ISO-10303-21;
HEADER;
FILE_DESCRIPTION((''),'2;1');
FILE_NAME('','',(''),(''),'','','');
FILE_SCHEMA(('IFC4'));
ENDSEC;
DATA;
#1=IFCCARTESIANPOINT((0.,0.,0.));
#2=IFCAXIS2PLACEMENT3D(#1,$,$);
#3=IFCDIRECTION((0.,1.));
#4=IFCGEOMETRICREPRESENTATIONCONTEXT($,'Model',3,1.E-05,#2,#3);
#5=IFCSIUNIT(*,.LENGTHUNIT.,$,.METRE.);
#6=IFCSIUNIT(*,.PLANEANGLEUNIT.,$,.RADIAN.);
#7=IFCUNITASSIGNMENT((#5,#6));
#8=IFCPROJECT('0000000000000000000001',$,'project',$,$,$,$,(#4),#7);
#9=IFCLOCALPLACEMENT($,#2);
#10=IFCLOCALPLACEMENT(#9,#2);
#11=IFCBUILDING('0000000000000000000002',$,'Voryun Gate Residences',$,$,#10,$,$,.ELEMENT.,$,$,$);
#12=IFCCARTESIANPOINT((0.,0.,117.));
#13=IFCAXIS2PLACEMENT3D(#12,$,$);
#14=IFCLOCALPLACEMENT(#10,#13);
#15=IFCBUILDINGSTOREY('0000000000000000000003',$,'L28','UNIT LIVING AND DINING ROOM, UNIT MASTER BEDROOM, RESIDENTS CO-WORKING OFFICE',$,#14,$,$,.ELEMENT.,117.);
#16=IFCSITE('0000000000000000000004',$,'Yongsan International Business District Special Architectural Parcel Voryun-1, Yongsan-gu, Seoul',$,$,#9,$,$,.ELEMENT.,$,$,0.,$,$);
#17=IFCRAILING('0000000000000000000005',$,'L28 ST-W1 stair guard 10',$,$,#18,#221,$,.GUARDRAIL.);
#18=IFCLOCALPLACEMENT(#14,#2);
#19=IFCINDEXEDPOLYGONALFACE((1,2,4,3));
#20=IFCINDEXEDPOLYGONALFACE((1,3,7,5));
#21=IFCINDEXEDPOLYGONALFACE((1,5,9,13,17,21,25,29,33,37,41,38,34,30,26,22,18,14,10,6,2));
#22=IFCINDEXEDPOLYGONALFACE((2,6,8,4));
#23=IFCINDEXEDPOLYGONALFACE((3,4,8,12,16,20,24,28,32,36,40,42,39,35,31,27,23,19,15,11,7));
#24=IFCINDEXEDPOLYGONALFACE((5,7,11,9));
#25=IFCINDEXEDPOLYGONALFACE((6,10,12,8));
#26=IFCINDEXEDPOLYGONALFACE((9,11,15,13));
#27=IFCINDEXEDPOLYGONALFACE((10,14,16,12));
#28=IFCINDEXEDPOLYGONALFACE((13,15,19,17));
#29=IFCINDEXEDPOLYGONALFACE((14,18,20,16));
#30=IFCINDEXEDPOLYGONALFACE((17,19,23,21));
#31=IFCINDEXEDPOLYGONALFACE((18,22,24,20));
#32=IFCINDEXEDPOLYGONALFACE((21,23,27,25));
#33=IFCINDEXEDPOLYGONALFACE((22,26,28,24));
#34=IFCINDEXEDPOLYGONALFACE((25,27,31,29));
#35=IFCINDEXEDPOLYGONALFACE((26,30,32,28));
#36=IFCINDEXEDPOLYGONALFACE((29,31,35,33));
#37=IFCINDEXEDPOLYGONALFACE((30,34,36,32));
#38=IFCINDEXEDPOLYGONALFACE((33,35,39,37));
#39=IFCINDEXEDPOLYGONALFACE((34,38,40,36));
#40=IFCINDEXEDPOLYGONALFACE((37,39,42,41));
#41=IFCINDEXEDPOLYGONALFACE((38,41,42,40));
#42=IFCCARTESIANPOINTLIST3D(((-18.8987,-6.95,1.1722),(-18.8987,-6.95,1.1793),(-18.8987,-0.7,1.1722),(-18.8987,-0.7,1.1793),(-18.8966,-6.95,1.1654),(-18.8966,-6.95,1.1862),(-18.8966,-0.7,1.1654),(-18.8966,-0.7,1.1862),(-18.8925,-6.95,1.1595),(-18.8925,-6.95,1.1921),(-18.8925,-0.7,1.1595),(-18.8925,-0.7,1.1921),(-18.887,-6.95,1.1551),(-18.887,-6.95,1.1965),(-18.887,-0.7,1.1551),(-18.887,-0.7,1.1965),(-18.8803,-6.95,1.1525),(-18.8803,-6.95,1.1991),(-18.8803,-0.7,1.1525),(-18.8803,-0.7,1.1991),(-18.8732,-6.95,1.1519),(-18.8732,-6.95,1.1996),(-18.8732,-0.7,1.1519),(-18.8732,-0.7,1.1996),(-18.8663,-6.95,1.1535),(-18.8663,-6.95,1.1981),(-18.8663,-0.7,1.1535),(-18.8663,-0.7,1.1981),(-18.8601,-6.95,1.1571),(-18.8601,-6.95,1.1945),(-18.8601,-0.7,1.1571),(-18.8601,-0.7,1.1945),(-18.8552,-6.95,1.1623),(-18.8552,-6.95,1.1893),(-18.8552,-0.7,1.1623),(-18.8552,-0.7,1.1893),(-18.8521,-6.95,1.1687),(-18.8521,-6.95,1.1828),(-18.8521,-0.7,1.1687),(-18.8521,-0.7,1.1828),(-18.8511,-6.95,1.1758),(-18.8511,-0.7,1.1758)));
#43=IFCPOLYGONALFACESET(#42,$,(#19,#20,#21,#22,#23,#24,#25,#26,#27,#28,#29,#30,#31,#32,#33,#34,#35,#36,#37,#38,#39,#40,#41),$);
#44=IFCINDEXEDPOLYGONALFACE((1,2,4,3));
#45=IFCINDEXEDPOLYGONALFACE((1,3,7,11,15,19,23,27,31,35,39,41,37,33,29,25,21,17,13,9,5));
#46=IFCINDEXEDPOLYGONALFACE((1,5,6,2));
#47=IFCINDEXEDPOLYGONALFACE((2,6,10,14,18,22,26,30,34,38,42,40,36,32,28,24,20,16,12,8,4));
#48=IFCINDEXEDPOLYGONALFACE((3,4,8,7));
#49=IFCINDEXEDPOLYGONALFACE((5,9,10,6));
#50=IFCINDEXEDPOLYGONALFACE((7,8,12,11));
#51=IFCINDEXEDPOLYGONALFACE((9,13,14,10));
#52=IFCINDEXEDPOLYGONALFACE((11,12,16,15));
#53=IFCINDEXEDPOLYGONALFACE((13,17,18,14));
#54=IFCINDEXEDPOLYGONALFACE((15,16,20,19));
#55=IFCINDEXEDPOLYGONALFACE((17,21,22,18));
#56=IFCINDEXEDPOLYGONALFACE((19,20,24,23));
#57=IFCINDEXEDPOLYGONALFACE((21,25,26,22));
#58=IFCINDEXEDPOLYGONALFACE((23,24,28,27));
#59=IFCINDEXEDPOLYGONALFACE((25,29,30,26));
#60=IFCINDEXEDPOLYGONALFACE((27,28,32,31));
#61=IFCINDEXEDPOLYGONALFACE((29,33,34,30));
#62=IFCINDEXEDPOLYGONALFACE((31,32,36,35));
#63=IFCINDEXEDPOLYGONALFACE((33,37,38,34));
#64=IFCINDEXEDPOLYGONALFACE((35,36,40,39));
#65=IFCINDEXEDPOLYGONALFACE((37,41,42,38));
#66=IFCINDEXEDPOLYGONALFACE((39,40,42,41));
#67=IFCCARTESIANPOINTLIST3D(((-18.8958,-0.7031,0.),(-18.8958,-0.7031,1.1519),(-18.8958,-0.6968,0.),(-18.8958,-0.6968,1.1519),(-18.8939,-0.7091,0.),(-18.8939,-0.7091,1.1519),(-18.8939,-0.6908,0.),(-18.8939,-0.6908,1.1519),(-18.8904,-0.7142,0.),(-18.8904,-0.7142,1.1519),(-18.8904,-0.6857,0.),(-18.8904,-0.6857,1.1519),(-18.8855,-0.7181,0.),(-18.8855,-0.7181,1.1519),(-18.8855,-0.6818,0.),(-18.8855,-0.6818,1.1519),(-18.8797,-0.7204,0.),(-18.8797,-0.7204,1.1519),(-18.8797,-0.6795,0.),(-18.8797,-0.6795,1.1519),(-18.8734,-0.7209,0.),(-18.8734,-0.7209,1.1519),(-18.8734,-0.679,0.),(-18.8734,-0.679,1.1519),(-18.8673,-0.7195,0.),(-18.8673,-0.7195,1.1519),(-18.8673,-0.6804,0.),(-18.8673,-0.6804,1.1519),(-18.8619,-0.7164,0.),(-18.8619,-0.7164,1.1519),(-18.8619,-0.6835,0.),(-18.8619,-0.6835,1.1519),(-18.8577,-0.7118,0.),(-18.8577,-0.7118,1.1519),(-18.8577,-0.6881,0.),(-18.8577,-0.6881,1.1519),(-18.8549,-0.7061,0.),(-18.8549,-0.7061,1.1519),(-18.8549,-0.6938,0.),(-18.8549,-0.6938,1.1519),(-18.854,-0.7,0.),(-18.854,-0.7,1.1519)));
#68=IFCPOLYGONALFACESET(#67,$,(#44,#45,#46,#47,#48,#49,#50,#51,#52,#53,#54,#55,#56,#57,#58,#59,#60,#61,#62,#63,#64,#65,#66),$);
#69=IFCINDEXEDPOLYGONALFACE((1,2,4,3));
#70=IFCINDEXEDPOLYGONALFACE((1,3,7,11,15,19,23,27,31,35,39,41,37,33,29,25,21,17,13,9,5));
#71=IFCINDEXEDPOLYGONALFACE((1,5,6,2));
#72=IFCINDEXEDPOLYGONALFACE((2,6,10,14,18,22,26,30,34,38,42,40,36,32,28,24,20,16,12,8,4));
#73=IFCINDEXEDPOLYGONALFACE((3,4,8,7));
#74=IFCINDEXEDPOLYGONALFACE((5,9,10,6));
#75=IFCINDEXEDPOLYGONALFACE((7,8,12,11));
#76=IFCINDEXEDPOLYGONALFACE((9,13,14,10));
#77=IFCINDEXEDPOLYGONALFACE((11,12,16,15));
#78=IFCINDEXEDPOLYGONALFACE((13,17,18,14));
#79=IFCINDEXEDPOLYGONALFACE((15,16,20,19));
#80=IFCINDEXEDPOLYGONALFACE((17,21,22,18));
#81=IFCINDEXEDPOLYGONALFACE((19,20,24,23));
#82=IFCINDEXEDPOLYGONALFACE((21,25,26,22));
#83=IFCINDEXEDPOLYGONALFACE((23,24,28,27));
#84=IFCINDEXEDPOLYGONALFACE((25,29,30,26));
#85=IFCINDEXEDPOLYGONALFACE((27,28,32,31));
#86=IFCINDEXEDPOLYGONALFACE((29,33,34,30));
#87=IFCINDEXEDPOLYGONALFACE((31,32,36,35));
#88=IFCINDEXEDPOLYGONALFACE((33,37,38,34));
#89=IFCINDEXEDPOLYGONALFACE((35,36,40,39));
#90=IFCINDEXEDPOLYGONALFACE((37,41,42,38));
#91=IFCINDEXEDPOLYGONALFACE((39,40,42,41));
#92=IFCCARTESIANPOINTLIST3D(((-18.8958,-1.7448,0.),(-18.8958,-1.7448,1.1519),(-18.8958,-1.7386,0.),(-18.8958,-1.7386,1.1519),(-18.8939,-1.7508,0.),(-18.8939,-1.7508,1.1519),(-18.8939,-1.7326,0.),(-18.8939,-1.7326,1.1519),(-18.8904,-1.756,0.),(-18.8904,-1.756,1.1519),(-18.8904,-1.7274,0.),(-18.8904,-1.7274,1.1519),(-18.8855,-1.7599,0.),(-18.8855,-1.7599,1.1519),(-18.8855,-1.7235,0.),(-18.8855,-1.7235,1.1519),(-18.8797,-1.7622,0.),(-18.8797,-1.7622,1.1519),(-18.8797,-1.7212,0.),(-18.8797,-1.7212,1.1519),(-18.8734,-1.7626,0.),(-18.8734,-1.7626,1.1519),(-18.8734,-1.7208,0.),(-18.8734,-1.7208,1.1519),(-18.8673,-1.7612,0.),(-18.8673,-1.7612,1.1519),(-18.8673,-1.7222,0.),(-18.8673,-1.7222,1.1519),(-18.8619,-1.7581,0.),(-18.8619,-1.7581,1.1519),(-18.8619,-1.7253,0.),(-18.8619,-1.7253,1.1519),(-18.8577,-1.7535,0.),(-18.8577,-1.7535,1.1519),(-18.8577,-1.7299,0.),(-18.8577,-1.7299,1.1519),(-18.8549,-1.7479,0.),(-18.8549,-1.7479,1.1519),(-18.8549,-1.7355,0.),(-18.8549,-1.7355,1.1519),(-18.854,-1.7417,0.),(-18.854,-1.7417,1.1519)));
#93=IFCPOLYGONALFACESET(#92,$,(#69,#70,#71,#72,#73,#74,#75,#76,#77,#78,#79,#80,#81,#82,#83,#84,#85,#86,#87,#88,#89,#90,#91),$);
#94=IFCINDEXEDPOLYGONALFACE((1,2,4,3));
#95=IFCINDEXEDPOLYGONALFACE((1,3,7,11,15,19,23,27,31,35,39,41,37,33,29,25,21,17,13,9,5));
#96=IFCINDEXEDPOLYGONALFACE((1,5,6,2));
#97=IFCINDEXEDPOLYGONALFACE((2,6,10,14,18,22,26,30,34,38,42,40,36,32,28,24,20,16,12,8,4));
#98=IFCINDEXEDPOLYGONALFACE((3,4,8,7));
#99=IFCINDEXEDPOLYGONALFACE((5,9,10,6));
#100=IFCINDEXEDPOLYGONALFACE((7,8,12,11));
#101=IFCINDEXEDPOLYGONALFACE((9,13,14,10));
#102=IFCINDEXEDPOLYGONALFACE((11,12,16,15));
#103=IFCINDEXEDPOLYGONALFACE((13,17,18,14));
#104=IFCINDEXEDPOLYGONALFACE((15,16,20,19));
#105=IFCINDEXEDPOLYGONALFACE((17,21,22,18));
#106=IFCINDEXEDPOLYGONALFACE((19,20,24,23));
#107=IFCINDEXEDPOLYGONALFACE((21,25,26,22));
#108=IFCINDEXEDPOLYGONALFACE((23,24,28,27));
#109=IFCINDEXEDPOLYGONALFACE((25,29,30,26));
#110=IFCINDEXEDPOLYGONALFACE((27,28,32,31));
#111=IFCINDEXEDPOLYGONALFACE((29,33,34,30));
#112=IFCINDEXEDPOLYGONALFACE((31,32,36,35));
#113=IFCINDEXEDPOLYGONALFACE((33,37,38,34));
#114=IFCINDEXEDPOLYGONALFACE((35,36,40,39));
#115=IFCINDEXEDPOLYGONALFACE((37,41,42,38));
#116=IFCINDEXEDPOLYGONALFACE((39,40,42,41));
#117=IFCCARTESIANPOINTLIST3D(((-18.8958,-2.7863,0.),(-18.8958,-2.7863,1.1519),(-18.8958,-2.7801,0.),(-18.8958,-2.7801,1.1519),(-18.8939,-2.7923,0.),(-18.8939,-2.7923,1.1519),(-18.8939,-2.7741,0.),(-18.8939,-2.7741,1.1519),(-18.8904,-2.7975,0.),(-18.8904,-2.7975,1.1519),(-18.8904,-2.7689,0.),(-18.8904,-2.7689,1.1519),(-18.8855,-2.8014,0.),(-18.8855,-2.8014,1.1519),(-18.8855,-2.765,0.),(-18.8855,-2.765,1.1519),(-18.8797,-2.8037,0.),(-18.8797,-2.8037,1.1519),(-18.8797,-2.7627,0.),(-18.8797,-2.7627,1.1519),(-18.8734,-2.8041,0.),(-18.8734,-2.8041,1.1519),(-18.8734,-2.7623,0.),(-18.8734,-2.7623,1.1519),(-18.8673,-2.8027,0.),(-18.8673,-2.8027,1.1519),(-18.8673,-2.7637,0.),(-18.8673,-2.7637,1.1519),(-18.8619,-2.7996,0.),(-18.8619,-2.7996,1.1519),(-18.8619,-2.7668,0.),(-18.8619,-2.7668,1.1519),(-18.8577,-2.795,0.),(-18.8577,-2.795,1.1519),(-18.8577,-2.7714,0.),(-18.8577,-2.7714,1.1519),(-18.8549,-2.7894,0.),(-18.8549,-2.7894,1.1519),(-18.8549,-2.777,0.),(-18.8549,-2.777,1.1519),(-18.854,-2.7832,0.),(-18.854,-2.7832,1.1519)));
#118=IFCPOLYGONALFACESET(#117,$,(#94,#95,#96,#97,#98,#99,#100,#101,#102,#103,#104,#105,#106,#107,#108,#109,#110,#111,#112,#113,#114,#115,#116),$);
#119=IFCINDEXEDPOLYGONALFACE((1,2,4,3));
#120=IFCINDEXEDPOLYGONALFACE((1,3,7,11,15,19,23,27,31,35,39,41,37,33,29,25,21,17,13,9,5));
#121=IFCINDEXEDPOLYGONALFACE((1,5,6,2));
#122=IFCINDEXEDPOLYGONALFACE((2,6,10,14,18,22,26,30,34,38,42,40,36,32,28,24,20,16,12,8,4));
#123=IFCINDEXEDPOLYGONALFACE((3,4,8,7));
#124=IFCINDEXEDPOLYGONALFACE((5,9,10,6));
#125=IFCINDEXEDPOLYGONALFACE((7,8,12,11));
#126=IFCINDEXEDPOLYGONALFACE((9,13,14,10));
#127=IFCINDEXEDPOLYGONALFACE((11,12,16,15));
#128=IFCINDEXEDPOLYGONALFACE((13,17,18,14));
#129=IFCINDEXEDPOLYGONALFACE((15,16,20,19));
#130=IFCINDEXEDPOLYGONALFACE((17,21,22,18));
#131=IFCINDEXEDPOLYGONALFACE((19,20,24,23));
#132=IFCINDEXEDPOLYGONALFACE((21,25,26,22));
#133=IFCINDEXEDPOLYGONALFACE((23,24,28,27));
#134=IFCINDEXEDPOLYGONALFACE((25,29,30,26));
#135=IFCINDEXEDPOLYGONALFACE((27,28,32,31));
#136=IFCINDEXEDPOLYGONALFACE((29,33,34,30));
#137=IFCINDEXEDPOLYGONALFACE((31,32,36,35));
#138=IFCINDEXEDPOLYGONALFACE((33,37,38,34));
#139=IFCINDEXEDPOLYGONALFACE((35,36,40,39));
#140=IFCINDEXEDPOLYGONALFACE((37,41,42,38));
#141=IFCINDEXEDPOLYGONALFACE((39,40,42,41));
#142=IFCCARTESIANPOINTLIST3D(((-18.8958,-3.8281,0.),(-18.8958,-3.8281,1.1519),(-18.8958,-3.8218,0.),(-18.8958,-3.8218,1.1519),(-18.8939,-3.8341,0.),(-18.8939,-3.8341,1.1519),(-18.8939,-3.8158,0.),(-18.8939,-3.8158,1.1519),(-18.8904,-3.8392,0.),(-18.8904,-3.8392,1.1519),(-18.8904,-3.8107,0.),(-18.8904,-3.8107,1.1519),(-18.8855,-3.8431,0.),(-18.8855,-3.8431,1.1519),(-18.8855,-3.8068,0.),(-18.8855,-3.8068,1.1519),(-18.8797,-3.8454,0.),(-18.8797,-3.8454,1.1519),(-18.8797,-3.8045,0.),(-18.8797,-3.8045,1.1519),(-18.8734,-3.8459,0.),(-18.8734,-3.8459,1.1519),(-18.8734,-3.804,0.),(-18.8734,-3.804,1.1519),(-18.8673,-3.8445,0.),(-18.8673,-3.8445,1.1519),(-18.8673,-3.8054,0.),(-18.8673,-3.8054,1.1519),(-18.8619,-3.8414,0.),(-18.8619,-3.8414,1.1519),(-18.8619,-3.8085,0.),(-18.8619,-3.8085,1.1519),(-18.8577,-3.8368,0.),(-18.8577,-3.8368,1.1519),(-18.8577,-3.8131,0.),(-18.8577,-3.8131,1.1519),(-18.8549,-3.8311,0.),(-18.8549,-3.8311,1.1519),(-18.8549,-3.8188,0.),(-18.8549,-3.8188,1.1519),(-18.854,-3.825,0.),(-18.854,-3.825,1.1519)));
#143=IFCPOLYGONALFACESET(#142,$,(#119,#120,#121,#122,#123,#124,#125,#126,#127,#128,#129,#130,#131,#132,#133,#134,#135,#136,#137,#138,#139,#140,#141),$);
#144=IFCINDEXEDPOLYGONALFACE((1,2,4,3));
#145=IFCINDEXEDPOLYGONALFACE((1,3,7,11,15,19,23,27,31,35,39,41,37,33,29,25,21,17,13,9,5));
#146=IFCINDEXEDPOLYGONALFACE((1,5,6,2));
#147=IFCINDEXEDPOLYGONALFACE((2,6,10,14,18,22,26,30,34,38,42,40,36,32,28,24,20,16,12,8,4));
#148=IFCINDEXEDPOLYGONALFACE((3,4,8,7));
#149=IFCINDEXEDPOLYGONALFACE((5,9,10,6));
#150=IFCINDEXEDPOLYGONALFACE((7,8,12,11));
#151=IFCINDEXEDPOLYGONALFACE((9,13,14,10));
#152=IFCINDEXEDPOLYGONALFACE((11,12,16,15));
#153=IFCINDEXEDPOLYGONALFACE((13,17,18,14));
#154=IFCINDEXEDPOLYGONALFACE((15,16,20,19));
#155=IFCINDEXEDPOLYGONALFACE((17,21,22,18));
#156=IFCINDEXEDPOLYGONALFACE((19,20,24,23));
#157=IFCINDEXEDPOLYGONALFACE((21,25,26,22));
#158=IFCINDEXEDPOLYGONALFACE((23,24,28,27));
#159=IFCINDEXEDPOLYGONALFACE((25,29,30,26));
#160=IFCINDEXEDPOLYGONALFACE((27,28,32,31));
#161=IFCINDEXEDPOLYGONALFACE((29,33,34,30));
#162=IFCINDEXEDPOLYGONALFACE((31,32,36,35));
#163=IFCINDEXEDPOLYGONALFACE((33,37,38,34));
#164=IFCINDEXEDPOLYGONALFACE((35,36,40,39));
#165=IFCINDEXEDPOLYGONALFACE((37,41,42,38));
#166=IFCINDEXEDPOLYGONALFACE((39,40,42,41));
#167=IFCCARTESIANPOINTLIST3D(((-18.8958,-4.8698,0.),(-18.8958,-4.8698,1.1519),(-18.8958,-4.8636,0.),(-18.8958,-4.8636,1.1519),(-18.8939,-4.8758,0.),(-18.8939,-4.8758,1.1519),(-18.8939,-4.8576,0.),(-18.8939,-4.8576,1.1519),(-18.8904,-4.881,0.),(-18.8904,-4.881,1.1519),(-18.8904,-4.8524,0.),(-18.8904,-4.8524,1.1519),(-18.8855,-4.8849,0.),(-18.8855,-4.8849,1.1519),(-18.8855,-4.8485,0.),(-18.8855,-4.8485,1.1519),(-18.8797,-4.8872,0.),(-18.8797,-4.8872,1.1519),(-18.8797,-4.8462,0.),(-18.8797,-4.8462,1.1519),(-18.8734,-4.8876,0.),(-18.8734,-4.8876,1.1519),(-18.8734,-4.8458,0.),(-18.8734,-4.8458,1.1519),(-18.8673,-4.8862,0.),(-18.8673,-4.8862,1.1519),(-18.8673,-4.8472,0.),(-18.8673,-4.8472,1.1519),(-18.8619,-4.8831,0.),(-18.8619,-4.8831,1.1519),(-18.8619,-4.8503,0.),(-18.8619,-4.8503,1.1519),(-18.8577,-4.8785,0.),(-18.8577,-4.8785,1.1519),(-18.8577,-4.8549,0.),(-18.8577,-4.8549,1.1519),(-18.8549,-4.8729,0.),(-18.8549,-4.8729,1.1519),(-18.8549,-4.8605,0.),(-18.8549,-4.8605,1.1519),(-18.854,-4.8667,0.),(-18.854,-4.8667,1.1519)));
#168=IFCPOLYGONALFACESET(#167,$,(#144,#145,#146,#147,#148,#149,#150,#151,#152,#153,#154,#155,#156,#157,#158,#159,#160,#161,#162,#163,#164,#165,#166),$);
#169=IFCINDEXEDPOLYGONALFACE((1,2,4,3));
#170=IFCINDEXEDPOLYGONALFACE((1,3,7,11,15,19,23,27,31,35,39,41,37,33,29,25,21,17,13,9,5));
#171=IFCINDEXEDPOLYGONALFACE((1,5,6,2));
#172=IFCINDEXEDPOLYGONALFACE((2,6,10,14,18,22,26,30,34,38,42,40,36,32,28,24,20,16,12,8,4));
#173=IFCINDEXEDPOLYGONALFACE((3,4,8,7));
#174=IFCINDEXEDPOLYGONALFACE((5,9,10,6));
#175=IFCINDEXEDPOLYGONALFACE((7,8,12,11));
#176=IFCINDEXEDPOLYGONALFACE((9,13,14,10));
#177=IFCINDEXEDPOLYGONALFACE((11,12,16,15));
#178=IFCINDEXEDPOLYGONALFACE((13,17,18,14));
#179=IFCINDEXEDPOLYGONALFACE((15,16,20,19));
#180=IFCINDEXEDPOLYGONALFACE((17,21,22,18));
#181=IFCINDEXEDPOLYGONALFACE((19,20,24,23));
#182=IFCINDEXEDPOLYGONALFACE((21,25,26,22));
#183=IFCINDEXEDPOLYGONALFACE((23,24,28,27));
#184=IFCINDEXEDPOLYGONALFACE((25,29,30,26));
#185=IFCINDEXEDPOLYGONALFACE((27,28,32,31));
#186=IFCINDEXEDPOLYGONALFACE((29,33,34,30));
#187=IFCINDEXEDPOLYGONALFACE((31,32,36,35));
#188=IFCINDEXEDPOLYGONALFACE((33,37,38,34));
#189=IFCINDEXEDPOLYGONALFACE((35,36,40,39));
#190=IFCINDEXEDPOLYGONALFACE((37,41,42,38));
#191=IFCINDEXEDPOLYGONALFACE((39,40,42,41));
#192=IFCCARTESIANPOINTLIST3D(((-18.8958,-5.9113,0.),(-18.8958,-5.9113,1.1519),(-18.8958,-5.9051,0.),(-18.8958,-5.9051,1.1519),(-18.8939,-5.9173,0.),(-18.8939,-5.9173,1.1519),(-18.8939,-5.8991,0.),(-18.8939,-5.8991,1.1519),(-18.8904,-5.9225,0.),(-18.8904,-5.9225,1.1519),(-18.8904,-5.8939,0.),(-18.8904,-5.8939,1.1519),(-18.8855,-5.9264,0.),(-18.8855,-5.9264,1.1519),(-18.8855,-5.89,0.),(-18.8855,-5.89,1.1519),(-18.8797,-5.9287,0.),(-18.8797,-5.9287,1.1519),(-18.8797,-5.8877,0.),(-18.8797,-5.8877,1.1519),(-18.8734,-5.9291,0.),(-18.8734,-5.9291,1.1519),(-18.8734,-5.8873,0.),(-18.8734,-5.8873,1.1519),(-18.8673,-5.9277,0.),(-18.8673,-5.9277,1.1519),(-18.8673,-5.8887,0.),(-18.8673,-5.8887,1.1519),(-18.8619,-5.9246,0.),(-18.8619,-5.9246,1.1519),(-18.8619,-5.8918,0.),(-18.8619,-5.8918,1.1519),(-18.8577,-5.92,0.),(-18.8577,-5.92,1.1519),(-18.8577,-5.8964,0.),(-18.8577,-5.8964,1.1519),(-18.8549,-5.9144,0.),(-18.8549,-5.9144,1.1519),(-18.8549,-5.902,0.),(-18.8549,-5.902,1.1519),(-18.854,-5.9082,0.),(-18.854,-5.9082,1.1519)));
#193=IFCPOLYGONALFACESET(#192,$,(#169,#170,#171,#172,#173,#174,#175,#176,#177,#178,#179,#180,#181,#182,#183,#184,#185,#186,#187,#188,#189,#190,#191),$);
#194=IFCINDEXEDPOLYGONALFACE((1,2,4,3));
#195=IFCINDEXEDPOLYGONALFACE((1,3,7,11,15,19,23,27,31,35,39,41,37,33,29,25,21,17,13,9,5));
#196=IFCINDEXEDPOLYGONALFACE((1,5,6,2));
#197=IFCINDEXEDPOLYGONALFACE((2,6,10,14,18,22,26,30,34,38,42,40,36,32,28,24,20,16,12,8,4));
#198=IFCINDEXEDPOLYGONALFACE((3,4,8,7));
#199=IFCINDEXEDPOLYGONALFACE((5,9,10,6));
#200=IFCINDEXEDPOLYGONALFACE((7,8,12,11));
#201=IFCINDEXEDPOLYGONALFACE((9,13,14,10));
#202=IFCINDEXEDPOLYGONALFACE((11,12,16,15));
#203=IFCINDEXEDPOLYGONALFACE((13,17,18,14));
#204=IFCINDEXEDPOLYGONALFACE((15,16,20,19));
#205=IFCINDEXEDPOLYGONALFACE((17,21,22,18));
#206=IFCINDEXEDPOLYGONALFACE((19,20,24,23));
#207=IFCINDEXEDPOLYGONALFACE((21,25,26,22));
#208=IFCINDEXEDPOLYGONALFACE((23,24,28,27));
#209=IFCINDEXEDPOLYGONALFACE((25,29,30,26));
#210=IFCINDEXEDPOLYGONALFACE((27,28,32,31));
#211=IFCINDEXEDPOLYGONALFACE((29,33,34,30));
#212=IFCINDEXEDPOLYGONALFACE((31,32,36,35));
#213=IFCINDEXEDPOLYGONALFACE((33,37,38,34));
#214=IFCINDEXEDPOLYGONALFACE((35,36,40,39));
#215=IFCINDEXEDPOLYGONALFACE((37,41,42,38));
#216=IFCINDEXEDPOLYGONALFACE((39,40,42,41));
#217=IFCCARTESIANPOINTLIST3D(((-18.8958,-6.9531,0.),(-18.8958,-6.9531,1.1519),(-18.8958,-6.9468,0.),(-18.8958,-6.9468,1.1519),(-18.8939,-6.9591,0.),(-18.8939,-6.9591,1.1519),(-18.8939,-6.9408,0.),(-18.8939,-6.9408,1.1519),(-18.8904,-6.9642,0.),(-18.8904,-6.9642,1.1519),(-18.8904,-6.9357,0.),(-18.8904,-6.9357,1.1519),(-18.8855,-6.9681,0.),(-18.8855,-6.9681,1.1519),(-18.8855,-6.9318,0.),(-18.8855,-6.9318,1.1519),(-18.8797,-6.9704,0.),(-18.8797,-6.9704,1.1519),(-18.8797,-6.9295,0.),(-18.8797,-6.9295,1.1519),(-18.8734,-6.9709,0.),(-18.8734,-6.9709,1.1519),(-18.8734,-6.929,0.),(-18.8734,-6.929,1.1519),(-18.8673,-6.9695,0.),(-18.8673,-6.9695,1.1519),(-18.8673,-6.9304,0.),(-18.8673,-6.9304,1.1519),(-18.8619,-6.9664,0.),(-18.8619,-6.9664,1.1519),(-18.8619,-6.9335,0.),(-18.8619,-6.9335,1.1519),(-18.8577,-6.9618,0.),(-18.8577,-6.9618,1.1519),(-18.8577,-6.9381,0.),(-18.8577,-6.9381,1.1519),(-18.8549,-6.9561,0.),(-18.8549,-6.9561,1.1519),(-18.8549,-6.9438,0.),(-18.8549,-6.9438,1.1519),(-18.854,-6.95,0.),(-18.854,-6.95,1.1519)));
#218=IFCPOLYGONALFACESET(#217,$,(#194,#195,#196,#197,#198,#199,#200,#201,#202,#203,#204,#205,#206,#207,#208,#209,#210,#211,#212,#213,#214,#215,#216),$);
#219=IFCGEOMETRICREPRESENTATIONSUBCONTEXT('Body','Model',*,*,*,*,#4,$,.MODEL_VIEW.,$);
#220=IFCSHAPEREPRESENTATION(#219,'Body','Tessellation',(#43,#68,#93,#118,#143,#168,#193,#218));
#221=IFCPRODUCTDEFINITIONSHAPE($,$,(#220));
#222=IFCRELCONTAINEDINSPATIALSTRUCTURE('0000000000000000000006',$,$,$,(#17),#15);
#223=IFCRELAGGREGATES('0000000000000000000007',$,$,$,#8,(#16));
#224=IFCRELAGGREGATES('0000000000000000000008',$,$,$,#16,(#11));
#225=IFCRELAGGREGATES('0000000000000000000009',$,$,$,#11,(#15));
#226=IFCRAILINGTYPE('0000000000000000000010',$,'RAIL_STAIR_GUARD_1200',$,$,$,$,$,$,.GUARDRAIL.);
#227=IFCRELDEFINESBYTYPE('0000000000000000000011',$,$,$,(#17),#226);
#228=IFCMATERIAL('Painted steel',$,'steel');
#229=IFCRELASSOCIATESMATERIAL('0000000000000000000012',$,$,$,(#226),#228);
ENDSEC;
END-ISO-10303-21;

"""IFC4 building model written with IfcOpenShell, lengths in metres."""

from ifc_helpers import new_model, si_unit, direction, frame, origin, origin_2d, place, context, subcontext, project, spatial, circle, extrude, material, type_object, element, save


model = new_model("IFC4")

# Units and contexts
model_context = context("Model", 3, precision=1e-05, world=origin(), true_north=direction((0.0, 1.0)))
body_context = subcontext(model_context, "Body", "Model", "MODEL_VIEW")
ifc_project = project(units=[si_unit("LENGTHUNIT", "METRE"), si_unit("PLANEANGLEUNIT", "RADIAN")], contexts=[model_context])

# Site, building, storey
site_placement = place(None, origin())
site = spatial("IfcSite", under=ifc_project, at=site_placement, Name="Yongsan International Business District Special Architectural Parcel Voryun-1, Yongsan-gu, Seoul", CompositionType="ELEMENT", RefElevation=0.0)
building_placement = place(site_placement, origin())
building = spatial("IfcBuilding", under=site, at=building_placement, Name="Voryun Gate Residences", CompositionType="ELEMENT")
storey_placement = place(building_placement, frame((0.0, 0.0, 117.0)))
storey = spatial("IfcBuildingStorey", under=building, at=storey_placement, Name="L28", Description="UNIT LIVING AND DINING ROOM, UNIT MASTER BEDROOM, RESIDENTS CO-WORKING OFFICE", CompositionType="ELEMENT", Elevation=117.0)

# Railing
ifc_material_1 = material(Name="Painted steel", Category="steel")
railing_type_1 = type_object("IfcRailingType", Name="RAIL_STAIR_GUARD_1200", PredefinedType="GUARDRAIL", material=ifc_material_1)
railing_1_placement = place(storey_placement, frame((-18.875, -0.7, 0.0)))
element("IfcRailing", 1, at=railing_1_placement, inside=storey, type_object=railing_type_1, Name="L28 ST-W1 stair guard 10", PredefinedType="GUARDRAIL", context=body_context, shape_type="SweptSolid", body=[
    extrude(circle(Radius=0.0239, at=origin_2d()), frame((0.0, 0.0, 1.1758), z_axis=(0.0, -1.0, 0.0), x_axis=(1.0, 0.0, 0.0)), (0.0, 0.0, 1.0), 6.25),
    extrude(circle(Radius=0.021, at=origin_2d()), origin(), (0.0, 0.0, 1.0), 1.1519),
    extrude(circle(Radius=0.021, at=origin_2d()), frame((0.0, -1.0417, 0.0)), (0.0, 0.0, 1.0), 1.1519),
    extrude(circle(Radius=0.021, at=origin_2d()), frame((0.0, -2.0833, 0.0)), (0.0, 0.0, 1.0), 1.1519),
    extrude(circle(Radius=0.021, at=origin_2d()), frame((0.0, -3.125, 0.0)), (0.0, 0.0, 1.0), 1.1519),
    extrude(circle(Radius=0.021, at=origin_2d()), frame((0.0, -4.1667, 0.0)), (0.0, 0.0, 1.0), 1.1519),
    extrude(circle(Radius=0.021, at=origin_2d()), frame((0.0, -5.2083, 0.0)), (0.0, 0.0, 1.0), 1.1519),
    extrude(circle(Radius=0.021, at=origin_2d()), frame((0.0, -6.25, 0.0)), (0.0, 0.0, 1.0), 1.1519),
])

save(model, "model.ifc")
